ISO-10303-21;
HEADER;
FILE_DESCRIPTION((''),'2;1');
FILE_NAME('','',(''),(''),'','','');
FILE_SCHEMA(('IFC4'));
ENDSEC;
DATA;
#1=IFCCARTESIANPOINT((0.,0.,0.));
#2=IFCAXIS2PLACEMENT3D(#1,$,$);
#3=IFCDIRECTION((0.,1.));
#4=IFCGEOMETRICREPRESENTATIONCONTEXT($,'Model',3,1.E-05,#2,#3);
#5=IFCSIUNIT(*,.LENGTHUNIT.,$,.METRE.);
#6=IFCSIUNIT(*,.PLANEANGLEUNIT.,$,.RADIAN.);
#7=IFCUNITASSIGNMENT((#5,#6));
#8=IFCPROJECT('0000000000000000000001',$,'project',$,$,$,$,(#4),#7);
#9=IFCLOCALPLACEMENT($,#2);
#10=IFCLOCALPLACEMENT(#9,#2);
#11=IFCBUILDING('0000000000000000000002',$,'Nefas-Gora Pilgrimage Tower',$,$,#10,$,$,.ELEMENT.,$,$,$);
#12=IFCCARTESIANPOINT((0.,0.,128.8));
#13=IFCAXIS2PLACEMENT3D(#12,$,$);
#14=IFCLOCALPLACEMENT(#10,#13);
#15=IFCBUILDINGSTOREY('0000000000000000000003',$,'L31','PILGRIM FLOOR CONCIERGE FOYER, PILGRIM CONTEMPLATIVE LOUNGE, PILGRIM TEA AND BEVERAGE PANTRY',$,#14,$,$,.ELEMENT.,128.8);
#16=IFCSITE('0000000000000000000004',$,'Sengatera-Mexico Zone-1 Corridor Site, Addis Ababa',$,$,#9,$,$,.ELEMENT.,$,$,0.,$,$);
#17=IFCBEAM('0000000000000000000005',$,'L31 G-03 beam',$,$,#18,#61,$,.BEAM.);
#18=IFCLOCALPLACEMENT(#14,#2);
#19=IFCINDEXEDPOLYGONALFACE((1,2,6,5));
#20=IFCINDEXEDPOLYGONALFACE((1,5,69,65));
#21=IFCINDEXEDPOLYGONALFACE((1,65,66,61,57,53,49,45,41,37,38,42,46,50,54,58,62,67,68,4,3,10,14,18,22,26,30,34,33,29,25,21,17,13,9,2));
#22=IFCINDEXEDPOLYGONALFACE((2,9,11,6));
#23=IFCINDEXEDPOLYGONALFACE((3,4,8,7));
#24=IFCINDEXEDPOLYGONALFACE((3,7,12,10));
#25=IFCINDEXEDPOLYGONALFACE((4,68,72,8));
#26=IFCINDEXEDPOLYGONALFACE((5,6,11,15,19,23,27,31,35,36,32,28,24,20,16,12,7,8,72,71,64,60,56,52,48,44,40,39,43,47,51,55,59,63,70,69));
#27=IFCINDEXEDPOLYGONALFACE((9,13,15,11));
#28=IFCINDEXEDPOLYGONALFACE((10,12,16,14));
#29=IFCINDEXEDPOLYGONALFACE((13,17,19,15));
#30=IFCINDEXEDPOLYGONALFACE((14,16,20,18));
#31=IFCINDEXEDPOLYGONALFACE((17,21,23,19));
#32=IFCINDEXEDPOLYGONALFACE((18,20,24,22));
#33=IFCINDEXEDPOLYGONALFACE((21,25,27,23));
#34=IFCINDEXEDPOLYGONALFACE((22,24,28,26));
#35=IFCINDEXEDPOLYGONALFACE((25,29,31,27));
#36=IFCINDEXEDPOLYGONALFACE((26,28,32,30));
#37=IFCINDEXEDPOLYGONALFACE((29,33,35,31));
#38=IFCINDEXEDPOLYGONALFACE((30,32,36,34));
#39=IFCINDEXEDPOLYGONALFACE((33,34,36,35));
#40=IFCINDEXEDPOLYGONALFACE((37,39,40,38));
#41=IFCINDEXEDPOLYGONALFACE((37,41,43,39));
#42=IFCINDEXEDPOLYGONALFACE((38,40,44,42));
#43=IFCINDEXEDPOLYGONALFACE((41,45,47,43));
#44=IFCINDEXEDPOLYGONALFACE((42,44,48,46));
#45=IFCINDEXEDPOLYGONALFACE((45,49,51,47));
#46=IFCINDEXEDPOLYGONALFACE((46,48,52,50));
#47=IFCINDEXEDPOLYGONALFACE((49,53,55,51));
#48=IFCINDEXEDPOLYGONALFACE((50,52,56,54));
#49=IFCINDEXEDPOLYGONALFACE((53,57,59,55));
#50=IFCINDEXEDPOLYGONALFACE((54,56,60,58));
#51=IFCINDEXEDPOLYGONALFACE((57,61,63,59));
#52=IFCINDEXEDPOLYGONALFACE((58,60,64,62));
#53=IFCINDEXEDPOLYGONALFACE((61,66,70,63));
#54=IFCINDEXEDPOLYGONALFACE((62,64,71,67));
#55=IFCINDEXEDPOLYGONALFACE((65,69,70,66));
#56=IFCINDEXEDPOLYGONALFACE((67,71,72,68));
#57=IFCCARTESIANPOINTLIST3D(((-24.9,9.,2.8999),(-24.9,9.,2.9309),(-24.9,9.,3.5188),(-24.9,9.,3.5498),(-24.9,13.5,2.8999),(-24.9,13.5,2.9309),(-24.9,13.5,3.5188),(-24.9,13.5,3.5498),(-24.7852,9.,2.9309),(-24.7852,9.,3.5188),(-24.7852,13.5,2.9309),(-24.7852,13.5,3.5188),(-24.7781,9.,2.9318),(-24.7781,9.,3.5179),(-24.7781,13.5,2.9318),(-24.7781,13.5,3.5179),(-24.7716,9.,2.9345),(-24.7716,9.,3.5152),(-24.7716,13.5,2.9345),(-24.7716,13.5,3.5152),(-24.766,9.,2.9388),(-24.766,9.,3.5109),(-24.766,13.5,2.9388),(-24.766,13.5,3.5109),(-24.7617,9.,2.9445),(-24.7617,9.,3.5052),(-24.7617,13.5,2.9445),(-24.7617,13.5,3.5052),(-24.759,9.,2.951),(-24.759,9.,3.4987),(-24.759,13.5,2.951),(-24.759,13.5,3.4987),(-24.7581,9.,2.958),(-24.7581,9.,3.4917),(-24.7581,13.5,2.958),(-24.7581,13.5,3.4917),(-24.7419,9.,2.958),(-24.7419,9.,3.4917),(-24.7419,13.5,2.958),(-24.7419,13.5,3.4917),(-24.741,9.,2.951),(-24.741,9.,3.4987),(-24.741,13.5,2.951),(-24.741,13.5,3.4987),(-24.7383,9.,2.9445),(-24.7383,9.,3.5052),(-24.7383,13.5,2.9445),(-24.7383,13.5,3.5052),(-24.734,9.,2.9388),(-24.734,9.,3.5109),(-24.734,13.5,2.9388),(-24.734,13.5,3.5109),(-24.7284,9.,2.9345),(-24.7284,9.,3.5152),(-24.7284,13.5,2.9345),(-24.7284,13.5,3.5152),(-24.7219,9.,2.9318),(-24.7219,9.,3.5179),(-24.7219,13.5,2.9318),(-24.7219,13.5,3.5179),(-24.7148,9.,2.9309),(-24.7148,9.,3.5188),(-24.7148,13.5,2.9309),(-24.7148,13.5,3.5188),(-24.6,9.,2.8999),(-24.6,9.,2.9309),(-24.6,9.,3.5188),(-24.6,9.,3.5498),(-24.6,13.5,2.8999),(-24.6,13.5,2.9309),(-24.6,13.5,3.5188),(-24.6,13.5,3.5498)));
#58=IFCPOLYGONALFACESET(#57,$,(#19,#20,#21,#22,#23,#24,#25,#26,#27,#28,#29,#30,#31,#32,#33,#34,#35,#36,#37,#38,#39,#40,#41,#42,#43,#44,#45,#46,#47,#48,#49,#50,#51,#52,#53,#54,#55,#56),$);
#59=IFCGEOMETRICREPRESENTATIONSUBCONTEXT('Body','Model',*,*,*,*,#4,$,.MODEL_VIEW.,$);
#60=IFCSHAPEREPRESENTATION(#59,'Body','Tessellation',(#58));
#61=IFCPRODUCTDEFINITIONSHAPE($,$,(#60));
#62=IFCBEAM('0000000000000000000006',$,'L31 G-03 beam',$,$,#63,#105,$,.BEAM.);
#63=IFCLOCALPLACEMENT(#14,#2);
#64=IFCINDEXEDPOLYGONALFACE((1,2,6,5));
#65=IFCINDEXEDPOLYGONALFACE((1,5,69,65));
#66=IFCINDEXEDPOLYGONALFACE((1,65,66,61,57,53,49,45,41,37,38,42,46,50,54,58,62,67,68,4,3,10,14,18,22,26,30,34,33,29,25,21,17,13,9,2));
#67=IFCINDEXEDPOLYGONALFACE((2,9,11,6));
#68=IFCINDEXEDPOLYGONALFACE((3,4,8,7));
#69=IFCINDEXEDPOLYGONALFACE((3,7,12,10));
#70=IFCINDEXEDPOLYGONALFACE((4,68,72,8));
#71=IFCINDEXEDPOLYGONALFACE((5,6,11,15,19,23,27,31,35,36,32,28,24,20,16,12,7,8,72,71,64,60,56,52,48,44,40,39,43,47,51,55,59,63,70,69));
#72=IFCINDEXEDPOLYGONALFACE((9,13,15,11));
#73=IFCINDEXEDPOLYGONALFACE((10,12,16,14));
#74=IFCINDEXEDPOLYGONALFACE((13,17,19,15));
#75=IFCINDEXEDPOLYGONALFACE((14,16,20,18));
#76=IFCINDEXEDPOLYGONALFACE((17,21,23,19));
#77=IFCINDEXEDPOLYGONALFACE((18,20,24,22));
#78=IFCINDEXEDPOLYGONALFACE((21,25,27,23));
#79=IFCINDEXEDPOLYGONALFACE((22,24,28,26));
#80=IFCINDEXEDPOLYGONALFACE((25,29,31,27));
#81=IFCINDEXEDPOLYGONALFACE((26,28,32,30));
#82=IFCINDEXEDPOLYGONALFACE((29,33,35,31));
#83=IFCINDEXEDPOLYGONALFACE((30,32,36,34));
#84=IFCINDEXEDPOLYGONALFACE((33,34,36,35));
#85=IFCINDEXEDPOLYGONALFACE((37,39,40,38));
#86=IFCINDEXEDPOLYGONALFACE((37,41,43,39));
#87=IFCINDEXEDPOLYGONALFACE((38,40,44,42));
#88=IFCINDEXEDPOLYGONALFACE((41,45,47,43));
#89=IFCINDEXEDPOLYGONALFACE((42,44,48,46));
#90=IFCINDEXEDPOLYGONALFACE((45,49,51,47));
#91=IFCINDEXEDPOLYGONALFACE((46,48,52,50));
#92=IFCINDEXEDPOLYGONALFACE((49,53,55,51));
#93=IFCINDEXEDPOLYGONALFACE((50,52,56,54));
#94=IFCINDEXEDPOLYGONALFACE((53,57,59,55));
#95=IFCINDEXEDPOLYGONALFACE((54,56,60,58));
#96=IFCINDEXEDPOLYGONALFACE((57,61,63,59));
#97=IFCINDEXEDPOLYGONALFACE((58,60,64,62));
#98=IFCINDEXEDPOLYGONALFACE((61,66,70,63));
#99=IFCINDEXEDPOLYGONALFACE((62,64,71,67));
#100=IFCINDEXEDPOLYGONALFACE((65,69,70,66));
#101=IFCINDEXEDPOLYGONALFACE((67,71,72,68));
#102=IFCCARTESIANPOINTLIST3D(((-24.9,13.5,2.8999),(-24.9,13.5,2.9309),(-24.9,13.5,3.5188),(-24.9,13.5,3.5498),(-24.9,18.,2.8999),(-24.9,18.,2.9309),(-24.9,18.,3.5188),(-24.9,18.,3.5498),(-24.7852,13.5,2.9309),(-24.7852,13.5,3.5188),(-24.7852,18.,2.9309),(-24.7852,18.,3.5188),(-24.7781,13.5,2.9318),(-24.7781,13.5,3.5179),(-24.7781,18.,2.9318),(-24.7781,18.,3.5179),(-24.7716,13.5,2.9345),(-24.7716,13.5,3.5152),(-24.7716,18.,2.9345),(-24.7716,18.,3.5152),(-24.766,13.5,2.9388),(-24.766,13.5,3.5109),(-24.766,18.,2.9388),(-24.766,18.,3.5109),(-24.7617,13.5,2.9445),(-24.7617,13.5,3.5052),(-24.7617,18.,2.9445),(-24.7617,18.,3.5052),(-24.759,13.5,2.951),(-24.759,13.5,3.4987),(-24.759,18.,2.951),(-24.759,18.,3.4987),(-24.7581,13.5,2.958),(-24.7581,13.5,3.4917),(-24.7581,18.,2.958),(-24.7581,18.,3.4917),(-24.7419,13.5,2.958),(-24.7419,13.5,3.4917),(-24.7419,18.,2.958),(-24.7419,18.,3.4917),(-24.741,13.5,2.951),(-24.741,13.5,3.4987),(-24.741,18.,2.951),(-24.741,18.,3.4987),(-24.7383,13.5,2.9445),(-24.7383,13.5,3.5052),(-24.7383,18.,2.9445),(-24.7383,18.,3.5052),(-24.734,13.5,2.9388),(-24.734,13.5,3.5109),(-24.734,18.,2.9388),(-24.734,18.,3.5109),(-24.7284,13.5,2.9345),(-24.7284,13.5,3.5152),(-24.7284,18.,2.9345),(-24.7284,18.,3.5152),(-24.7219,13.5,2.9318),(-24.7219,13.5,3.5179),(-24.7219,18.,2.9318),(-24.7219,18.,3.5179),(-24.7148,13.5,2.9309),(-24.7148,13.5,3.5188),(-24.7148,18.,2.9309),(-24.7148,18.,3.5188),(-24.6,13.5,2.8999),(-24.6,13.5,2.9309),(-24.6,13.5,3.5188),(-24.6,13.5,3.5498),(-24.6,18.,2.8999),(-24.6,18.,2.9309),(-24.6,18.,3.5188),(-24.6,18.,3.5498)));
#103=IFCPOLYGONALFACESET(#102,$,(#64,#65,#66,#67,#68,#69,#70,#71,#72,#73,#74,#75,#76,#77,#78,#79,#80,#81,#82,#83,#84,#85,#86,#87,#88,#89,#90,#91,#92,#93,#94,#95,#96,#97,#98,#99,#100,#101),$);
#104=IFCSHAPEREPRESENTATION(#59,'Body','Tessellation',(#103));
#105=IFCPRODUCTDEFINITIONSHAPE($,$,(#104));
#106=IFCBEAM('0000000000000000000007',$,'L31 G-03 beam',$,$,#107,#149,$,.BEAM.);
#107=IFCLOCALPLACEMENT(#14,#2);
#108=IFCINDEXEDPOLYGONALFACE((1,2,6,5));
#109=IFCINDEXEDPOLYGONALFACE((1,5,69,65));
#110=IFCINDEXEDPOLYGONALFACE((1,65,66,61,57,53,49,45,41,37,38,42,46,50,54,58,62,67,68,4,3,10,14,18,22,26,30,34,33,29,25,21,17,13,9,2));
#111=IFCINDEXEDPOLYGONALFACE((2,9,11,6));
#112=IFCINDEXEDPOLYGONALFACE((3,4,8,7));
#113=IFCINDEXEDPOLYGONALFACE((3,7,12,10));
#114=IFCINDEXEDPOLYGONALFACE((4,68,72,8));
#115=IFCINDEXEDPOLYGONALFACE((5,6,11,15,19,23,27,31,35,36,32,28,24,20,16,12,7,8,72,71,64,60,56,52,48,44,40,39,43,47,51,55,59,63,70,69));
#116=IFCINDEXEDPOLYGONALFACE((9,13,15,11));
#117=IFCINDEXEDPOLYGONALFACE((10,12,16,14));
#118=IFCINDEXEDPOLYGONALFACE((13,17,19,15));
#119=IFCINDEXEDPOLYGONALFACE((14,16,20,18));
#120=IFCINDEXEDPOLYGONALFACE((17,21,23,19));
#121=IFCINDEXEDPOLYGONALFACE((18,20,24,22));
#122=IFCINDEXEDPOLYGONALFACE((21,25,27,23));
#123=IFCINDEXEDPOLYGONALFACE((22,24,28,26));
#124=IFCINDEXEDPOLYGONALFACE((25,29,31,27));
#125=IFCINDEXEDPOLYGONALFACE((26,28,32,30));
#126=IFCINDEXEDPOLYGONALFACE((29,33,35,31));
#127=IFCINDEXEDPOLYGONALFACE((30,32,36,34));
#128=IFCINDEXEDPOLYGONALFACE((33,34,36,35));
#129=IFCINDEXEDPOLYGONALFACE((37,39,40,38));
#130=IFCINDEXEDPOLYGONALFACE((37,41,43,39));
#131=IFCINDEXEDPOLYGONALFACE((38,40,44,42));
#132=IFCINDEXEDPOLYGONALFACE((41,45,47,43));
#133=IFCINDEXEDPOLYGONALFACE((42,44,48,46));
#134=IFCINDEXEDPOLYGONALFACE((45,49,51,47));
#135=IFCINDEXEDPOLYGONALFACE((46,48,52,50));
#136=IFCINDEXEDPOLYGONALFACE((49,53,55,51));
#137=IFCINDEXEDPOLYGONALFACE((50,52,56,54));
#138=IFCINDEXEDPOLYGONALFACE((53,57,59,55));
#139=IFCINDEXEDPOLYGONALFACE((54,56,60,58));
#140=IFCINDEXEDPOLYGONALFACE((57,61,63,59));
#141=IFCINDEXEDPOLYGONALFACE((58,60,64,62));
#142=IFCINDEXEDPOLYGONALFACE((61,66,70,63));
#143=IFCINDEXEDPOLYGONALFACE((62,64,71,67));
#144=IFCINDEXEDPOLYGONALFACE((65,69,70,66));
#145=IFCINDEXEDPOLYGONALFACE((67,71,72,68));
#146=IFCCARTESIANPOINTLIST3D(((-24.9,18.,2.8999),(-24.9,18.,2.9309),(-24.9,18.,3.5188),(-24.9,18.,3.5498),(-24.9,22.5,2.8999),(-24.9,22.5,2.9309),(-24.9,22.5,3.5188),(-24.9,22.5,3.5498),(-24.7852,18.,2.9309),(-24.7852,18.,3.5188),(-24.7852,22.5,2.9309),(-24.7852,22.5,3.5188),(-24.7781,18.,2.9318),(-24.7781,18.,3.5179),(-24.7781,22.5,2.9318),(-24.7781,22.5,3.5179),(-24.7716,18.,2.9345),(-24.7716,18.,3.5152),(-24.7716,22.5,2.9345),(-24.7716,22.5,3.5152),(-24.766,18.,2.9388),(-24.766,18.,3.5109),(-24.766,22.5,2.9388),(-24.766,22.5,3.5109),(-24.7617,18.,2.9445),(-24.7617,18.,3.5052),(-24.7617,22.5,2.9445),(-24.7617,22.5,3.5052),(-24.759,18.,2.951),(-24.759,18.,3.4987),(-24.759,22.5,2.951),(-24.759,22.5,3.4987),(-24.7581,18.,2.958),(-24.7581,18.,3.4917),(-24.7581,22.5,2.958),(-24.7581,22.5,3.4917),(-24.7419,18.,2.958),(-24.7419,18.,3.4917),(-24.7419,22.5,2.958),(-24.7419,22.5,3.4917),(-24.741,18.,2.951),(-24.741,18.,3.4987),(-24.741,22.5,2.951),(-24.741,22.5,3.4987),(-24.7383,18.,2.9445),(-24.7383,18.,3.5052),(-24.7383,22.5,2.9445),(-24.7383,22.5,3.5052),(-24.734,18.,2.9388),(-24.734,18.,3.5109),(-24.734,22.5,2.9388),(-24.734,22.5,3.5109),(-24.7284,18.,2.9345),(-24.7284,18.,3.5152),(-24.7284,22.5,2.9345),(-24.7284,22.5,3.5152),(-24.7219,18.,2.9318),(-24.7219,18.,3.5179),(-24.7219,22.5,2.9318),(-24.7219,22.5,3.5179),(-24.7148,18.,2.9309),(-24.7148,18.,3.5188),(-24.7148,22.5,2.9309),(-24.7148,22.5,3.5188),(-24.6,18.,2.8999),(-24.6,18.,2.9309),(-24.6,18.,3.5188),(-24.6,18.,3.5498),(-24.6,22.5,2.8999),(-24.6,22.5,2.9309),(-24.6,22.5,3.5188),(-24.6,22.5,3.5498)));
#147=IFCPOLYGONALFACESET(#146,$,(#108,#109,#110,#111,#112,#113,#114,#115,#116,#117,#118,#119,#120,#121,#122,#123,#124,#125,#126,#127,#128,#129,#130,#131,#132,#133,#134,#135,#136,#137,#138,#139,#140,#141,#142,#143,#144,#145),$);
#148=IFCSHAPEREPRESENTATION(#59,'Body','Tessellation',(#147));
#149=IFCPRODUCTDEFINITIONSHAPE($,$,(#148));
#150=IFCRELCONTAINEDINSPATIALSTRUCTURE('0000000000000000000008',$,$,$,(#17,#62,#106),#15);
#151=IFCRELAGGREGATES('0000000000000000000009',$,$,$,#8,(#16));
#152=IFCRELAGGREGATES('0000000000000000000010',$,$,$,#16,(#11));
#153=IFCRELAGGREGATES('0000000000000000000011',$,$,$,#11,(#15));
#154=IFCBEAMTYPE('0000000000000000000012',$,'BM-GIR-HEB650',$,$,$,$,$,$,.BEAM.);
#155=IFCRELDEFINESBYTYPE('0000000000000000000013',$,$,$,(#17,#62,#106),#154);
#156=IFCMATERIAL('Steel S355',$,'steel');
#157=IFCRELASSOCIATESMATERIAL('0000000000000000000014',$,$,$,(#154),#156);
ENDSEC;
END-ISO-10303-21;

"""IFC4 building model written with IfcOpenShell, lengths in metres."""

from ifc_helpers import new_model, si_unit, direction, frame, origin, origin_2d, place, context, subcontext, project, spatial, i_section, extrude, source, transform, mapped, material, material_profile, profile_set, type_object, element, save


model = new_model("IFC4")

# Units and contexts
model_context = context("Model", 3, precision=1e-05, world=origin(), true_north=direction((0.0, 1.0)))
body_context = subcontext(model_context, "Body", "Model", "MODEL_VIEW")
ifc_project = project(units=[si_unit("LENGTHUNIT", "METRE"), si_unit("PLANEANGLEUNIT", "RADIAN")], contexts=[model_context])

# Site, building, storey
site_placement = place(None, origin())
site = spatial("IfcSite", under=ifc_project, at=site_placement, Name="Sengatera-Mexico Zone-1 Corridor Site, Addis Ababa", CompositionType="ELEMENT", RefElevation=0.0)
building_placement = place(site_placement, origin())
building = spatial("IfcBuilding", under=site, at=building_placement, Name="Nefas-Gora Pilgrimage Tower", CompositionType="ELEMENT")
storey_placement = place(building_placement, frame((0.0, 0.0, 128.8)))
storey = spatial("IfcBuildingStorey", under=building, at=storey_placement, Name="L31", Description="PILGRIM FLOOR CONCIERGE FOYER, PILGRIM CONTEMPLATIVE LOUNGE, PILGRIM TEA AND BEVERAGE PANTRY", CompositionType="ELEMENT", Elevation=128.8)

# Beams
ifc_material_1 = material(Name="Steel S355", Category="steel")
ifc_material_profile_1 = material_profile(ifc_material_1, i_section(OverallWidth=0.3, OverallDepth=0.6499, WebThickness=0.0161, FlangeThickness=0.031, FilletRadius=0.0271, at=origin_2d()), Name="HEB 650")
ifc_profile_set_1 = profile_set([ifc_material_profile_1], Name="Steel S355")
beam_type_1 = type_object("IfcBeamType", Name="BM-GIR-HEB650", PredefinedType="BEAM", material=ifc_profile_set_1)
shared_shape_1 = source(origin(), body_context, "Body", "SweptSolid", [
    extrude(i_section(OverallWidth=0.3, OverallDepth=0.6499, WebThickness=0.0161, FlangeThickness=0.031, FilletRadius=0.0271, at=origin_2d()), origin(), (0.0, 0.0, 1.0), 4.5),
])
for number, where, z_axis, x_axis, name in (
    (1, (-24.75, 9.0, 3.2249), (0.0, 1.0, 0.0), (-1.0, 0.0, 0.0), "L31 G-03 beam"),
    (2, (-24.75, 13.5, 3.2249), (0.0, 1.0, 0.0), (-1.0, 0.0, 0.0), "L31 G-03 beam"),
    (3, (-24.75, 18.0, 3.2249), (0.0, 1.0, 0.0), (-1.0, 0.0, 0.0), "L31 G-03 beam"),
):
    element("IfcBeam", number, at=place(storey_placement, frame(where, z_axis=z_axis, x_axis=x_axis)), inside=storey, type_object=beam_type_1, Name=name, PredefinedType="BEAM", context=body_context, shape_type="MappedRepresentation", body=[
        mapped(shared_shape_1, transform((0.0, 0.0, 0.0), x_axis=(1.0, 0.0, 0.0), y_axis=(0.0, 1.0, 0.0), z_axis=(0.0, 0.0, 1.0), scale=1.0)),
    ])

save(model, "model.ifc")
